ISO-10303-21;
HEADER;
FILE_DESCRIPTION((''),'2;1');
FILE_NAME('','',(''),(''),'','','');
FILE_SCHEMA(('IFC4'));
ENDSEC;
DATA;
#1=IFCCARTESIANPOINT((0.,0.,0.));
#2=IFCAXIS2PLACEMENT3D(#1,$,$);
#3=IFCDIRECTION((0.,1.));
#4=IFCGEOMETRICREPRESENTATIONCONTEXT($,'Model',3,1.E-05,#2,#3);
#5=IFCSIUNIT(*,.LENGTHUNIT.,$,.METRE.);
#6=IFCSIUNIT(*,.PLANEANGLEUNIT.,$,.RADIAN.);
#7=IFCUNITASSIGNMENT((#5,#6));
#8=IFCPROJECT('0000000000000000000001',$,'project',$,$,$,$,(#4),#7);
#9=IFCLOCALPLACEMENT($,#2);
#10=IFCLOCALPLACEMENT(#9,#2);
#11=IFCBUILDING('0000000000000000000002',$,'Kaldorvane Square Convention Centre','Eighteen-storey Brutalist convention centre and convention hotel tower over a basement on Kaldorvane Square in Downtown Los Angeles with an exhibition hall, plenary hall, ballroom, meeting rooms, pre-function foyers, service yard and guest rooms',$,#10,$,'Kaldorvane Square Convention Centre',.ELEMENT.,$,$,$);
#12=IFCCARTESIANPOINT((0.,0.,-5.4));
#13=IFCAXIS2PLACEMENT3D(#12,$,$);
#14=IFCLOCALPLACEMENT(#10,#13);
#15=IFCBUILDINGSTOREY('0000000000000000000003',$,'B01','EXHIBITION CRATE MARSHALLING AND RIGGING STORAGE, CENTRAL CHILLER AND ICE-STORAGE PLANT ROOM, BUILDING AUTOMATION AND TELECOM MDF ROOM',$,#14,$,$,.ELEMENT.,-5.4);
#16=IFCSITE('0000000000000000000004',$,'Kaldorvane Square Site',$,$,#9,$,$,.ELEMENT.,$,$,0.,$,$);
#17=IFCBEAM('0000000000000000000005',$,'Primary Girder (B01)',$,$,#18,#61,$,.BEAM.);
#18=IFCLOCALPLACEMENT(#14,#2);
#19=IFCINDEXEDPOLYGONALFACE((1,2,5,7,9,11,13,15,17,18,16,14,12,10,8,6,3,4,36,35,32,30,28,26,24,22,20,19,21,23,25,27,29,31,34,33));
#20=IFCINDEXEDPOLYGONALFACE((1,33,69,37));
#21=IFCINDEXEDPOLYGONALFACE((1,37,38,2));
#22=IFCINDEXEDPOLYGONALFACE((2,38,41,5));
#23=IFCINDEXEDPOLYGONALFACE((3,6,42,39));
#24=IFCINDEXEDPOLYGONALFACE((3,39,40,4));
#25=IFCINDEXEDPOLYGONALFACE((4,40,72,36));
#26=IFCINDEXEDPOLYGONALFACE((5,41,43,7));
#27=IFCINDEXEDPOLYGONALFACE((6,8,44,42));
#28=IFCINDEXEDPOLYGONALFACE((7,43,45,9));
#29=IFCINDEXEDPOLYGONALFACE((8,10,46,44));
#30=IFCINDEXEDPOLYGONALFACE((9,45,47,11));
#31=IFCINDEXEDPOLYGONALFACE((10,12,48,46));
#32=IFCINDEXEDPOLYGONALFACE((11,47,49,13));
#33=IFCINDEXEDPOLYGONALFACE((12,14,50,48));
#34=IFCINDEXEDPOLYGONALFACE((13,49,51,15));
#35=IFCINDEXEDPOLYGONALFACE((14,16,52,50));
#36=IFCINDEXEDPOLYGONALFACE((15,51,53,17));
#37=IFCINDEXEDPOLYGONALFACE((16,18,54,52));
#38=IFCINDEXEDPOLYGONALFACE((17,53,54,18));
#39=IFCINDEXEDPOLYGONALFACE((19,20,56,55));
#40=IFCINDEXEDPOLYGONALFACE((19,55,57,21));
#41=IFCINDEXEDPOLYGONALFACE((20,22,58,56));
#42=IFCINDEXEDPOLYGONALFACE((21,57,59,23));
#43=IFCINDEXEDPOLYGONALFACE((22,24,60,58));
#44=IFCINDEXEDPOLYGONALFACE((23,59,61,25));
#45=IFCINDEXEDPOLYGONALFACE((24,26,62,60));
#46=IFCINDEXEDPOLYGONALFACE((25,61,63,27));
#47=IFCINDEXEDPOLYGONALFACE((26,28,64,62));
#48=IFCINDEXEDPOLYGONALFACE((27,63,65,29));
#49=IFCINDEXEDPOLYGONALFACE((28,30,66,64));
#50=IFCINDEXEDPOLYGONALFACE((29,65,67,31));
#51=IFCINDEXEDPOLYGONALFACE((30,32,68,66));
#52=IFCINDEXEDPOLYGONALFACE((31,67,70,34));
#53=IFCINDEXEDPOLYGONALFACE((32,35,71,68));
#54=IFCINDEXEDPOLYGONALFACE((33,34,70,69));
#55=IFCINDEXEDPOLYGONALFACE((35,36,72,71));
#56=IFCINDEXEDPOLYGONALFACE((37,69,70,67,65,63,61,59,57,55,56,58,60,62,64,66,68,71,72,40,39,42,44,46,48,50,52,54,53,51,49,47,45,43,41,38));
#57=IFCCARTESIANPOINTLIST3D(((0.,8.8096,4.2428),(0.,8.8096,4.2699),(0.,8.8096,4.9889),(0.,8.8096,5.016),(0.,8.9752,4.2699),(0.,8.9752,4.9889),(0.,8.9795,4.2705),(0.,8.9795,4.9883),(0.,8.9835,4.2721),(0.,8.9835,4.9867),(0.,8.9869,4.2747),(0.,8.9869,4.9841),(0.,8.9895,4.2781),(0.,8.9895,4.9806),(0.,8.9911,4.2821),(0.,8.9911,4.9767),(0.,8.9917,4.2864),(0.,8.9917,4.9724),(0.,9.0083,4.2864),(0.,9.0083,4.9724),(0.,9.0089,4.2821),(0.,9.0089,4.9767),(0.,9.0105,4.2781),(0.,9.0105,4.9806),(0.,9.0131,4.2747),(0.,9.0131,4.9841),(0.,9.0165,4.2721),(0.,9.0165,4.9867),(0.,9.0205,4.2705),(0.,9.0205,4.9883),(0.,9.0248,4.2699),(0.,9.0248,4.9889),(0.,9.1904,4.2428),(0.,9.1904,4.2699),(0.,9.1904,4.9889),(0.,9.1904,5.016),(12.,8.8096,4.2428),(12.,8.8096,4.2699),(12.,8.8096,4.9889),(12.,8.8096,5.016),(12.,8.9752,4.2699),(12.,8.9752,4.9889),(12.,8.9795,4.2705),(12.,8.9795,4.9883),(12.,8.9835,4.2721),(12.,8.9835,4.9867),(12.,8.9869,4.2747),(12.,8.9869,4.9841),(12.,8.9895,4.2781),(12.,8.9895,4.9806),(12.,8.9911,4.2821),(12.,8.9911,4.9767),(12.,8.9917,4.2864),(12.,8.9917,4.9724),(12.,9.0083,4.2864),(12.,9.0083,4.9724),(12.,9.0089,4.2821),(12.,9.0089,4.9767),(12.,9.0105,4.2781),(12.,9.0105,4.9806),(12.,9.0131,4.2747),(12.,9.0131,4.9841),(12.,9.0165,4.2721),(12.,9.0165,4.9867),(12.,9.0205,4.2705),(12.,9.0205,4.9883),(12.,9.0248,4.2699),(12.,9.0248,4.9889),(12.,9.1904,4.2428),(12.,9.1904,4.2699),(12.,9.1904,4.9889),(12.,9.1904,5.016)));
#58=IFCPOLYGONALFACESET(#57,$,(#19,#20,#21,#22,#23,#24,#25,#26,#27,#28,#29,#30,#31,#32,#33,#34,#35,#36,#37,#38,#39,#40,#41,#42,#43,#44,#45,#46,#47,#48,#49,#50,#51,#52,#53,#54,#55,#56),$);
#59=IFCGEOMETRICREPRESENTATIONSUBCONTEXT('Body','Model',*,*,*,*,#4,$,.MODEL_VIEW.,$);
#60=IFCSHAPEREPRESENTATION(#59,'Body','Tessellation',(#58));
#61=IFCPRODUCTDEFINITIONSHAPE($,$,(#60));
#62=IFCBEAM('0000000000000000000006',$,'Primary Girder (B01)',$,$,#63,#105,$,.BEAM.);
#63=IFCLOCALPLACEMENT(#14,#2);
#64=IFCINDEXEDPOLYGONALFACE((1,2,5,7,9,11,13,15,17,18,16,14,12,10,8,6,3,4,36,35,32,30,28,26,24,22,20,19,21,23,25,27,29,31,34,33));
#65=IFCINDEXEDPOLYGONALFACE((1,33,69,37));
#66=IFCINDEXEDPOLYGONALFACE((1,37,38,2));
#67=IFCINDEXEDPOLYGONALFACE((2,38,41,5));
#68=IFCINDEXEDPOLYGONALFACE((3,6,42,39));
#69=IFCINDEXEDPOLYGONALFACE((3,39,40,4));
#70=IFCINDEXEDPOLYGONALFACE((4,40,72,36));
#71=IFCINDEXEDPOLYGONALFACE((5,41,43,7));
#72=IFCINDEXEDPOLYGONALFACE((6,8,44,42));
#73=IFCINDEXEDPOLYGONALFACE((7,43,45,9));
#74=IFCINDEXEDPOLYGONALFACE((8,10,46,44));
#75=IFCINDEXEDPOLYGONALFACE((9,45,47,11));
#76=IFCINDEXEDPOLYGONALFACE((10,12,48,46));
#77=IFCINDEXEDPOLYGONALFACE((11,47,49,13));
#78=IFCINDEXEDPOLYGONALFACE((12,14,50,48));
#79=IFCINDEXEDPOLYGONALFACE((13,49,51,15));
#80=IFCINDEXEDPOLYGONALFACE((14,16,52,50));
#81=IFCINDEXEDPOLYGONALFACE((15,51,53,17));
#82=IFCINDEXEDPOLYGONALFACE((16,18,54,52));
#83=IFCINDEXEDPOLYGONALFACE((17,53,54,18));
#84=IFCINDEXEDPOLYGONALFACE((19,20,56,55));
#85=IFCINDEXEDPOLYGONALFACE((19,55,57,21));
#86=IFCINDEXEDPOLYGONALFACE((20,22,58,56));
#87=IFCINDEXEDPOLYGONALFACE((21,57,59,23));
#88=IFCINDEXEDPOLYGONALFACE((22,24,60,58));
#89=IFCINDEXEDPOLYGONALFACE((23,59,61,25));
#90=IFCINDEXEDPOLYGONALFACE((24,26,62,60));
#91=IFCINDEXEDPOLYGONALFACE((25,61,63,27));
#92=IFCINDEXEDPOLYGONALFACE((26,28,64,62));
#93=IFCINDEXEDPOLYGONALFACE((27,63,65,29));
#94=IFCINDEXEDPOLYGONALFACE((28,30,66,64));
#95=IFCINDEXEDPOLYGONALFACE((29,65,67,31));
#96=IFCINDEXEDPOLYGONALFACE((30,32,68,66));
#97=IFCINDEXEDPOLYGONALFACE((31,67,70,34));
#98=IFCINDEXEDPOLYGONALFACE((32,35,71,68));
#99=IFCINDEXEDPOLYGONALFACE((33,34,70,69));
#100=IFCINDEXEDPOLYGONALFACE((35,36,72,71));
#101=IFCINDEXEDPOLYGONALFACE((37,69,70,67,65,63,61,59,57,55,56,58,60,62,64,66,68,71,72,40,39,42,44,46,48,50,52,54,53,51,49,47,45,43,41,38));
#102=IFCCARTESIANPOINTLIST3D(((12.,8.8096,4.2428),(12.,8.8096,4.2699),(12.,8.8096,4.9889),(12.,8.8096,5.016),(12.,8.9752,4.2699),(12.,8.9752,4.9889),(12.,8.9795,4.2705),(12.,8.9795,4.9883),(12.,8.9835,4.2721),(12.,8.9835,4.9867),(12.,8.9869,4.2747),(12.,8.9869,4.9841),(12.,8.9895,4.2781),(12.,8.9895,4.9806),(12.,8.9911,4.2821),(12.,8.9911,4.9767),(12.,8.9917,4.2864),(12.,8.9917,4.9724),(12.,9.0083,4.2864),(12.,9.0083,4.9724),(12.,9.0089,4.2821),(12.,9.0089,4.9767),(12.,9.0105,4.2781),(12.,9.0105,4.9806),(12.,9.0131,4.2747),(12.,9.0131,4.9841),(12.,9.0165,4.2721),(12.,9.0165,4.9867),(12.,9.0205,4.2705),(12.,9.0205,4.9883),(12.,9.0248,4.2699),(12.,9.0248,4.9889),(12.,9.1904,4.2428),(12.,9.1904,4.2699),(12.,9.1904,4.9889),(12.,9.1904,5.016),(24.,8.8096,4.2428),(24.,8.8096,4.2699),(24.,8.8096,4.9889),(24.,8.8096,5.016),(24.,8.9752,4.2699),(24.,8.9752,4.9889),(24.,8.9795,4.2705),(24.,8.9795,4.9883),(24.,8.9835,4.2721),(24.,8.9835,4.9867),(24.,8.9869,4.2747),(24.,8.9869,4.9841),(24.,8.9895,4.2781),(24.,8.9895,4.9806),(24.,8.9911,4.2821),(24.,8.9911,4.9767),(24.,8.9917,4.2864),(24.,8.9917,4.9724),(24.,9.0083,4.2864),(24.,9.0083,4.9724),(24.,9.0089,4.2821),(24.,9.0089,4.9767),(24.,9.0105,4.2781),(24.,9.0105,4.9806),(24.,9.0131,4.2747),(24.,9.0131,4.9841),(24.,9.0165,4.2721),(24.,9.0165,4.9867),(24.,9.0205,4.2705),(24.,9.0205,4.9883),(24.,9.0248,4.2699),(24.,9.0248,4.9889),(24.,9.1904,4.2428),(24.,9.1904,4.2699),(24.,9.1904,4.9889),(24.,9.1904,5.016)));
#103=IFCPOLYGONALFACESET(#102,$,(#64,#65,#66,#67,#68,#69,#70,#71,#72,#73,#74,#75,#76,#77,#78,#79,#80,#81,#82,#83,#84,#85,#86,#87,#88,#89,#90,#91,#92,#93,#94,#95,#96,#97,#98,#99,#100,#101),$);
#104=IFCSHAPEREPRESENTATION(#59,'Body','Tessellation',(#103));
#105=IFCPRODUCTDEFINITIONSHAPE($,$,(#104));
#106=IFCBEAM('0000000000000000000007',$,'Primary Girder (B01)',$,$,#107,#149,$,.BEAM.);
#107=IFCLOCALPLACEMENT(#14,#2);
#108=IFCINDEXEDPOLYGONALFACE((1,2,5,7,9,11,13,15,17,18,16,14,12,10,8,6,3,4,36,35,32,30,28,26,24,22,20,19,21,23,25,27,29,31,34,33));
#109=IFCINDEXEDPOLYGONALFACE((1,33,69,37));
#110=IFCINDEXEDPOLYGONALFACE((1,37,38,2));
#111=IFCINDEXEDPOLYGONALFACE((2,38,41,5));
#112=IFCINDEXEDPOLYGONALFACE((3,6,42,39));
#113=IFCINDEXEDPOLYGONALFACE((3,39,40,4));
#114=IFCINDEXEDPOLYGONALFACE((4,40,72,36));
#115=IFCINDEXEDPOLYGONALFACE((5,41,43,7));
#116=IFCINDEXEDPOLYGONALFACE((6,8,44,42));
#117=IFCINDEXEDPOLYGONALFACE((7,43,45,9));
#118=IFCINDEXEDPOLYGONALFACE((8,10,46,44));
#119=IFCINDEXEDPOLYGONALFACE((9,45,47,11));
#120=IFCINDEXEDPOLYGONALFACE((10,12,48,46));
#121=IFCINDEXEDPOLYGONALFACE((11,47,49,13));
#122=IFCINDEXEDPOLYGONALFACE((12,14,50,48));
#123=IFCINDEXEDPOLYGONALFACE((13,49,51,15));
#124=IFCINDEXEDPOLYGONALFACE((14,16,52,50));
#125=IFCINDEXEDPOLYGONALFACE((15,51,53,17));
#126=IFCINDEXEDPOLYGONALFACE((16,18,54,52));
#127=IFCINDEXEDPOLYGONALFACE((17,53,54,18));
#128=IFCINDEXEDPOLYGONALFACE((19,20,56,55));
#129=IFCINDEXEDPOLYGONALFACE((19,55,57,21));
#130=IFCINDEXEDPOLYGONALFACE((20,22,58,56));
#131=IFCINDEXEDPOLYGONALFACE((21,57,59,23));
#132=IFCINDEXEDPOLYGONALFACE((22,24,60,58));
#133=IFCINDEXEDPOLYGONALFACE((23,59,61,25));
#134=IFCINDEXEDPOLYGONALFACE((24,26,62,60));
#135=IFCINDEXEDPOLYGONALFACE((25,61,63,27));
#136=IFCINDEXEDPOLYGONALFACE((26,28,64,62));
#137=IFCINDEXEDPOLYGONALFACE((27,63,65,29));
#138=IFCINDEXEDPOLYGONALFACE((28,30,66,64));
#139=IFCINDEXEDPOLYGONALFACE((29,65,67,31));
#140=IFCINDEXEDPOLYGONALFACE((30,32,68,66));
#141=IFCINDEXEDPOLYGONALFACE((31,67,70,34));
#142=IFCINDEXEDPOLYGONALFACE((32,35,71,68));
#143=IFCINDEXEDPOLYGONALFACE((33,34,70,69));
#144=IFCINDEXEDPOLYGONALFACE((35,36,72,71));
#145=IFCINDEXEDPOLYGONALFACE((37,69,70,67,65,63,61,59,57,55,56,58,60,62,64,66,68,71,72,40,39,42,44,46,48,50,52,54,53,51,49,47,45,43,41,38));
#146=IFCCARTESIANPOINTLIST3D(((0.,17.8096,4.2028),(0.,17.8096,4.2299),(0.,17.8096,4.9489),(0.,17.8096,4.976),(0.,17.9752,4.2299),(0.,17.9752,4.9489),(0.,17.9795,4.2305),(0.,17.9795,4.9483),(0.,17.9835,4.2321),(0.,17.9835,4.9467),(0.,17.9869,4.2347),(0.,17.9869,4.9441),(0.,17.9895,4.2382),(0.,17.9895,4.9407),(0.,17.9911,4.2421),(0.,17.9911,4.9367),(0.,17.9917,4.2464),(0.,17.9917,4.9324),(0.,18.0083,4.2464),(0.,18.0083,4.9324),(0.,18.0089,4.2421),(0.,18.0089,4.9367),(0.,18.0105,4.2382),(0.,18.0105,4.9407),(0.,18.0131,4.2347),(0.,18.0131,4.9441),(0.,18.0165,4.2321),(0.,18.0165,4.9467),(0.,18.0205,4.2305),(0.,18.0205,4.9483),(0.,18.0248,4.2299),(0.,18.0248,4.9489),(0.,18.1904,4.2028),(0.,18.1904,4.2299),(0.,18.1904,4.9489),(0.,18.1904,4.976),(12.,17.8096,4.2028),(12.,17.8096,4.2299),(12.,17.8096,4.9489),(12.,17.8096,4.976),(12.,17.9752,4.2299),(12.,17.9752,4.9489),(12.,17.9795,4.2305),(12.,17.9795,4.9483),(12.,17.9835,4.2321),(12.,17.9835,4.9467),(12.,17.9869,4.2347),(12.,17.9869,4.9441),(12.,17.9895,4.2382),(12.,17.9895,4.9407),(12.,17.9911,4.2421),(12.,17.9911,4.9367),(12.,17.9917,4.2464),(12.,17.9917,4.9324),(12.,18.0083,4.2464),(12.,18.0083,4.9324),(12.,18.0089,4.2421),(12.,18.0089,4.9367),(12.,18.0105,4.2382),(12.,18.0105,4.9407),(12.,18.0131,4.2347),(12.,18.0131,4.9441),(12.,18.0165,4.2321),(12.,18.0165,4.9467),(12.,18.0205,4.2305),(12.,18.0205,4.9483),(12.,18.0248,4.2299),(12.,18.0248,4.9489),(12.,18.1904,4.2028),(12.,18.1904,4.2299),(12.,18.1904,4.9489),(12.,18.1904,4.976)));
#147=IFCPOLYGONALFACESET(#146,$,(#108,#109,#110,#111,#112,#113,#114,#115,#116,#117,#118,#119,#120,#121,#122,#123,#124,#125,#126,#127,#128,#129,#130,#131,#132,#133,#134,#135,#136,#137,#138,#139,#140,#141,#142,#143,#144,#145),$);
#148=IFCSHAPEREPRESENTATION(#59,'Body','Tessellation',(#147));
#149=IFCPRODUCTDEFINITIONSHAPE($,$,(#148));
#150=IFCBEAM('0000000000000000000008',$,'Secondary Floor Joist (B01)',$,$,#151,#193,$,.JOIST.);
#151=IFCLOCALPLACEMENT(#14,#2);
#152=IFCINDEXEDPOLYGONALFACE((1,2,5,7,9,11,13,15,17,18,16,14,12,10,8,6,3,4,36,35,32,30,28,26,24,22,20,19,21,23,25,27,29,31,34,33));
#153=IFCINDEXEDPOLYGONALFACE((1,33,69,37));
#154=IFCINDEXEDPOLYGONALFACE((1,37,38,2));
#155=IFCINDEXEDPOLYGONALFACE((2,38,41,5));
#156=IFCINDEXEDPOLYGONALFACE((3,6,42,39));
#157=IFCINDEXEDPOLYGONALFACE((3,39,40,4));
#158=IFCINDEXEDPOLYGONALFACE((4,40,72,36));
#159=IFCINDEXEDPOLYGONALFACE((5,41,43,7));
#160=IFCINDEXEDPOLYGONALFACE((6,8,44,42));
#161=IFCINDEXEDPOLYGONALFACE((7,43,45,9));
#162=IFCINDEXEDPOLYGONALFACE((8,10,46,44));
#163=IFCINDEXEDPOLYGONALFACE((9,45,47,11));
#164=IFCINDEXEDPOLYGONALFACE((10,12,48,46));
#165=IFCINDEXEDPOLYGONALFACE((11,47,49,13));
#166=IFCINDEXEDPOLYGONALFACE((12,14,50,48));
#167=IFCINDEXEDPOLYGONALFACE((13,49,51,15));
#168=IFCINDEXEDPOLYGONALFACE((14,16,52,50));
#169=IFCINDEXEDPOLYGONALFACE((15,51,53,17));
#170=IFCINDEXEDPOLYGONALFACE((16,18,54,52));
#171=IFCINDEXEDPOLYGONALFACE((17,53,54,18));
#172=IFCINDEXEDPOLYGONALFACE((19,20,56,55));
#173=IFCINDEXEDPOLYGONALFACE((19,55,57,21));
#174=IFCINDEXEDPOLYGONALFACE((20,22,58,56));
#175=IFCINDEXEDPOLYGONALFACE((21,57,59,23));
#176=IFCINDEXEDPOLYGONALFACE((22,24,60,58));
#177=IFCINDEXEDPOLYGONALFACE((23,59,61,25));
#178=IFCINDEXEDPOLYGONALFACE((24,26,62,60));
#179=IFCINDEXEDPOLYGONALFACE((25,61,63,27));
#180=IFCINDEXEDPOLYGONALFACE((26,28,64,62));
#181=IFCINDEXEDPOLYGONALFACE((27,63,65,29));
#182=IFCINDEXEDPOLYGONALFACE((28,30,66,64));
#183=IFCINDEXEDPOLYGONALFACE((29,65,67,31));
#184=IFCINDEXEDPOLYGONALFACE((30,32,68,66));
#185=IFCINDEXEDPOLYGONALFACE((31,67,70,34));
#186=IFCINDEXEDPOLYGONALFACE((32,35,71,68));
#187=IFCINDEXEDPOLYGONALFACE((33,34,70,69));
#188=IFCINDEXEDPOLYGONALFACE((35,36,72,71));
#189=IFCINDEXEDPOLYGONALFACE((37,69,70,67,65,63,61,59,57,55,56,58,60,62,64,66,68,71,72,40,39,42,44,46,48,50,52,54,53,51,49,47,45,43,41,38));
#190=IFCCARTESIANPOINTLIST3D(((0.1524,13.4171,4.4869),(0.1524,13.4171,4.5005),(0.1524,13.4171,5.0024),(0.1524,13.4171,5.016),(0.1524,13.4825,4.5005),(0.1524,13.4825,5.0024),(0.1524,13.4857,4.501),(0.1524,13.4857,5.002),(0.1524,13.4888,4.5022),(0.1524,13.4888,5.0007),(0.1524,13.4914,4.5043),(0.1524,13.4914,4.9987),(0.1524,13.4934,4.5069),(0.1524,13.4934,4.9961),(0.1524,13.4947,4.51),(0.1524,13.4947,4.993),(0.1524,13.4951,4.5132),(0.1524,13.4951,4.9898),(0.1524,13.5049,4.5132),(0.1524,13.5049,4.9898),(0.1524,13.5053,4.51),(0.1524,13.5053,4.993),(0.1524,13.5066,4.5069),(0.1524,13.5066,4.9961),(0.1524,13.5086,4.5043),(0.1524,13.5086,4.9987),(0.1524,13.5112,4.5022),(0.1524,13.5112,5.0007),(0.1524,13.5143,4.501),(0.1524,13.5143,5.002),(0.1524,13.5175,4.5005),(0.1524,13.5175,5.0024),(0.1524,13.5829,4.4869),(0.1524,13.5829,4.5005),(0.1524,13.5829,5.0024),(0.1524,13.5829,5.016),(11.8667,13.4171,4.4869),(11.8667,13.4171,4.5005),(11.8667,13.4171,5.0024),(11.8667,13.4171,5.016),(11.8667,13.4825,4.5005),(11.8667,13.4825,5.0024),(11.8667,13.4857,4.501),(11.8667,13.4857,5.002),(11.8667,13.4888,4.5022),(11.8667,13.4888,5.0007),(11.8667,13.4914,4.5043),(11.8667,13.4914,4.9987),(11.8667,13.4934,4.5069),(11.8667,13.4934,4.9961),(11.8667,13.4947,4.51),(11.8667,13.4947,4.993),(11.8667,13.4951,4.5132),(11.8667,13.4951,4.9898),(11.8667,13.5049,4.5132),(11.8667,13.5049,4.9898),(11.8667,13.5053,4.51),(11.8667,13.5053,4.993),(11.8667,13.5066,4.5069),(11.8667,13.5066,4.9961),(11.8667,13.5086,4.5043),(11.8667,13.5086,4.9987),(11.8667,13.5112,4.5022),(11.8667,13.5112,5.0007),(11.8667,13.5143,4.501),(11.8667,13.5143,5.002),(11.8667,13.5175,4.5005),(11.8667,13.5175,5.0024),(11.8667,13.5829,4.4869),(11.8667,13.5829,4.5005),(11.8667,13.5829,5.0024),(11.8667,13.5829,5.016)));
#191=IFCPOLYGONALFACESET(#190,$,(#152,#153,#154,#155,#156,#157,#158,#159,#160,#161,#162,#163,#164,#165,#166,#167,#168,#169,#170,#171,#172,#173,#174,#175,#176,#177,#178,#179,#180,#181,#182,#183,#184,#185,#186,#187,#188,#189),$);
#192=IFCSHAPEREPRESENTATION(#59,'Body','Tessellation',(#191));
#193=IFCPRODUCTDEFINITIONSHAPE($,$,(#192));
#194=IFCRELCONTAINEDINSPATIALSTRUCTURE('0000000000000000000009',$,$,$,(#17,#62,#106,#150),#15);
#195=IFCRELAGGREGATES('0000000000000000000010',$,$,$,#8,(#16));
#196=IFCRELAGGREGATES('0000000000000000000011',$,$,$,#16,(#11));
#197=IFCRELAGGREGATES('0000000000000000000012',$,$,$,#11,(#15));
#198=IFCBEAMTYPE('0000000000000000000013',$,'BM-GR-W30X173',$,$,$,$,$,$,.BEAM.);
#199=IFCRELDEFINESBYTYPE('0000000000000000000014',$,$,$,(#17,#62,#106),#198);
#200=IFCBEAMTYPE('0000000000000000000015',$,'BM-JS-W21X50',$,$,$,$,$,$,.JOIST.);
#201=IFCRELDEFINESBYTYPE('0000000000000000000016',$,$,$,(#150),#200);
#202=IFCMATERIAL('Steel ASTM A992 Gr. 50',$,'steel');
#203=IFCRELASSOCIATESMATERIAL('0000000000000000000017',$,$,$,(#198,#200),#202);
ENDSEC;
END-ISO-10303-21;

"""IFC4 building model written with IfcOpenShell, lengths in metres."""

from ifc_helpers import new_model, si_unit, direction, frame, origin, origin_2d, place, context, subcontext, project, spatial, i_section, extrude, material, material_profile, profile_set, type_object, element, save


model = new_model("IFC4")

# Units and contexts
model_context = context("Model", 3, precision=1e-05, world=origin(), true_north=direction((0.0, 1.0)))
body_context = subcontext(model_context, "Body", "Model", "MODEL_VIEW")
ifc_project = project(units=[si_unit("LENGTHUNIT", "METRE"), si_unit("PLANEANGLEUNIT", "RADIAN")], contexts=[model_context])

# Site, building, storey
site_placement = place(None, origin())
site = spatial("IfcSite", under=ifc_project, at=site_placement, Name="Kaldorvane Square Site", CompositionType="ELEMENT", RefElevation=0.0)
building_placement = place(site_placement, origin())
building = spatial("IfcBuilding", under=site, at=building_placement, Name="Kaldorvane Square Convention Centre", Description="Eighteen-storey Brutalist convention centre and convention hotel tower over a basement on Kaldorvane Square in Downtown Los Angeles with an exhibition hall, plenary hall, ballroom, meeting rooms, pre-function foyers, service yard and guest rooms", LongName="Kaldorvane Square Convention Centre", CompositionType="ELEMENT")
storey_placement = place(building_placement, frame((0.0, 0.0, -5.4)))
storey = spatial("IfcBuildingStorey", under=building, at=storey_placement, Name="B01", Description="EXHIBITION CRATE MARSHALLING AND RIGGING STORAGE, CENTRAL CHILLER AND ICE-STORAGE PLANT ROOM, BUILDING AUTOMATION AND TELECOM MDF ROOM", CompositionType="ELEMENT", Elevation=-5.4)

# Shared definitions
ifc_material_1 = material(Name="Steel ASTM A992 Gr. 50", Category="steel")

# Beams
ifc_material_profile_1 = material_profile(ifc_material_1, i_section(OverallWidth=0.3807, OverallDepth=0.7732, WebThickness=0.0166, FlangeThickness=0.0271, FilletRadius=0.0165, at=origin_2d()), Name="W30X173")
ifc_profile_set_1 = profile_set([ifc_material_profile_1], Name="Steel ASTM A992 Gr. 50")
beam_type_1 = type_object("IfcBeamType", Name="BM-GR-W30X173", PredefinedType="BEAM", material=ifc_profile_set_1)
for number, where, z_axis, x_axis, name in (
    (1, (0.0, 9.0, 4.6294), (1.0, 0.0, 0.0), (0.0, 1.0, 0.0), "Primary Girder (B01)"),
    (2, (12.0, 9.0, 4.6294), (1.0, 0.0, 0.0), (0.0, 1.0, 0.0), "Primary Girder (B01)"),
    (3, (0.0, 18.0, 4.5894), (1.0, 0.0, 0.0), (0.0, 1.0, 0.0), "Primary Girder (B01)"),
):
    element("IfcBeam", number, at=place(storey_placement, frame(where, z_axis=z_axis, x_axis=x_axis)), inside=storey, type_object=beam_type_1, Name=name, PredefinedType="BEAM", context=body_context, shape_type="SweptSolid", body=[
        extrude(i_section(OverallWidth=0.3807, OverallDepth=0.7732, WebThickness=0.0166, FlangeThickness=0.0271, FilletRadius=0.0165, at=origin_2d()), origin(), (0.0, 0.0, 1.0), 12.0),
    ])
ifc_material_profile_2 = material_profile(ifc_material_1, i_section(OverallWidth=0.1659, OverallDepth=0.5291, WebThickness=0.0097, FlangeThickness=0.0136, FilletRadius=0.0127, at=origin_2d()), Name="W21X50")
ifc_profile_set_2 = profile_set([ifc_material_profile_2], Name="Steel ASTM A992 Gr. 50")
beam_type_2 = type_object("IfcBeamType", Name="BM-JS-W21X50", PredefinedType="JOIST", material=ifc_profile_set_2)
for number, where, z_axis, x_axis, name in (
    (4, (0.1524, 13.5, 4.7515), (1.0, 0.0, 0.0), (0.0, 1.0, 0.0), "Secondary Floor Joist (B01)"),
):
    element("IfcBeam", number, at=place(storey_placement, frame(where, z_axis=z_axis, x_axis=x_axis)), inside=storey, type_object=beam_type_2, Name=name, PredefinedType="JOIST", context=body_context, shape_type="SweptSolid", body=[
        extrude(i_section(OverallWidth=0.1659, OverallDepth=0.5291, WebThickness=0.0097, FlangeThickness=0.0136, FilletRadius=0.0127, at=origin_2d()), origin(), (0.0, 0.0, 1.0), 11.7143),
    ])

save(model, "model.ifc")
